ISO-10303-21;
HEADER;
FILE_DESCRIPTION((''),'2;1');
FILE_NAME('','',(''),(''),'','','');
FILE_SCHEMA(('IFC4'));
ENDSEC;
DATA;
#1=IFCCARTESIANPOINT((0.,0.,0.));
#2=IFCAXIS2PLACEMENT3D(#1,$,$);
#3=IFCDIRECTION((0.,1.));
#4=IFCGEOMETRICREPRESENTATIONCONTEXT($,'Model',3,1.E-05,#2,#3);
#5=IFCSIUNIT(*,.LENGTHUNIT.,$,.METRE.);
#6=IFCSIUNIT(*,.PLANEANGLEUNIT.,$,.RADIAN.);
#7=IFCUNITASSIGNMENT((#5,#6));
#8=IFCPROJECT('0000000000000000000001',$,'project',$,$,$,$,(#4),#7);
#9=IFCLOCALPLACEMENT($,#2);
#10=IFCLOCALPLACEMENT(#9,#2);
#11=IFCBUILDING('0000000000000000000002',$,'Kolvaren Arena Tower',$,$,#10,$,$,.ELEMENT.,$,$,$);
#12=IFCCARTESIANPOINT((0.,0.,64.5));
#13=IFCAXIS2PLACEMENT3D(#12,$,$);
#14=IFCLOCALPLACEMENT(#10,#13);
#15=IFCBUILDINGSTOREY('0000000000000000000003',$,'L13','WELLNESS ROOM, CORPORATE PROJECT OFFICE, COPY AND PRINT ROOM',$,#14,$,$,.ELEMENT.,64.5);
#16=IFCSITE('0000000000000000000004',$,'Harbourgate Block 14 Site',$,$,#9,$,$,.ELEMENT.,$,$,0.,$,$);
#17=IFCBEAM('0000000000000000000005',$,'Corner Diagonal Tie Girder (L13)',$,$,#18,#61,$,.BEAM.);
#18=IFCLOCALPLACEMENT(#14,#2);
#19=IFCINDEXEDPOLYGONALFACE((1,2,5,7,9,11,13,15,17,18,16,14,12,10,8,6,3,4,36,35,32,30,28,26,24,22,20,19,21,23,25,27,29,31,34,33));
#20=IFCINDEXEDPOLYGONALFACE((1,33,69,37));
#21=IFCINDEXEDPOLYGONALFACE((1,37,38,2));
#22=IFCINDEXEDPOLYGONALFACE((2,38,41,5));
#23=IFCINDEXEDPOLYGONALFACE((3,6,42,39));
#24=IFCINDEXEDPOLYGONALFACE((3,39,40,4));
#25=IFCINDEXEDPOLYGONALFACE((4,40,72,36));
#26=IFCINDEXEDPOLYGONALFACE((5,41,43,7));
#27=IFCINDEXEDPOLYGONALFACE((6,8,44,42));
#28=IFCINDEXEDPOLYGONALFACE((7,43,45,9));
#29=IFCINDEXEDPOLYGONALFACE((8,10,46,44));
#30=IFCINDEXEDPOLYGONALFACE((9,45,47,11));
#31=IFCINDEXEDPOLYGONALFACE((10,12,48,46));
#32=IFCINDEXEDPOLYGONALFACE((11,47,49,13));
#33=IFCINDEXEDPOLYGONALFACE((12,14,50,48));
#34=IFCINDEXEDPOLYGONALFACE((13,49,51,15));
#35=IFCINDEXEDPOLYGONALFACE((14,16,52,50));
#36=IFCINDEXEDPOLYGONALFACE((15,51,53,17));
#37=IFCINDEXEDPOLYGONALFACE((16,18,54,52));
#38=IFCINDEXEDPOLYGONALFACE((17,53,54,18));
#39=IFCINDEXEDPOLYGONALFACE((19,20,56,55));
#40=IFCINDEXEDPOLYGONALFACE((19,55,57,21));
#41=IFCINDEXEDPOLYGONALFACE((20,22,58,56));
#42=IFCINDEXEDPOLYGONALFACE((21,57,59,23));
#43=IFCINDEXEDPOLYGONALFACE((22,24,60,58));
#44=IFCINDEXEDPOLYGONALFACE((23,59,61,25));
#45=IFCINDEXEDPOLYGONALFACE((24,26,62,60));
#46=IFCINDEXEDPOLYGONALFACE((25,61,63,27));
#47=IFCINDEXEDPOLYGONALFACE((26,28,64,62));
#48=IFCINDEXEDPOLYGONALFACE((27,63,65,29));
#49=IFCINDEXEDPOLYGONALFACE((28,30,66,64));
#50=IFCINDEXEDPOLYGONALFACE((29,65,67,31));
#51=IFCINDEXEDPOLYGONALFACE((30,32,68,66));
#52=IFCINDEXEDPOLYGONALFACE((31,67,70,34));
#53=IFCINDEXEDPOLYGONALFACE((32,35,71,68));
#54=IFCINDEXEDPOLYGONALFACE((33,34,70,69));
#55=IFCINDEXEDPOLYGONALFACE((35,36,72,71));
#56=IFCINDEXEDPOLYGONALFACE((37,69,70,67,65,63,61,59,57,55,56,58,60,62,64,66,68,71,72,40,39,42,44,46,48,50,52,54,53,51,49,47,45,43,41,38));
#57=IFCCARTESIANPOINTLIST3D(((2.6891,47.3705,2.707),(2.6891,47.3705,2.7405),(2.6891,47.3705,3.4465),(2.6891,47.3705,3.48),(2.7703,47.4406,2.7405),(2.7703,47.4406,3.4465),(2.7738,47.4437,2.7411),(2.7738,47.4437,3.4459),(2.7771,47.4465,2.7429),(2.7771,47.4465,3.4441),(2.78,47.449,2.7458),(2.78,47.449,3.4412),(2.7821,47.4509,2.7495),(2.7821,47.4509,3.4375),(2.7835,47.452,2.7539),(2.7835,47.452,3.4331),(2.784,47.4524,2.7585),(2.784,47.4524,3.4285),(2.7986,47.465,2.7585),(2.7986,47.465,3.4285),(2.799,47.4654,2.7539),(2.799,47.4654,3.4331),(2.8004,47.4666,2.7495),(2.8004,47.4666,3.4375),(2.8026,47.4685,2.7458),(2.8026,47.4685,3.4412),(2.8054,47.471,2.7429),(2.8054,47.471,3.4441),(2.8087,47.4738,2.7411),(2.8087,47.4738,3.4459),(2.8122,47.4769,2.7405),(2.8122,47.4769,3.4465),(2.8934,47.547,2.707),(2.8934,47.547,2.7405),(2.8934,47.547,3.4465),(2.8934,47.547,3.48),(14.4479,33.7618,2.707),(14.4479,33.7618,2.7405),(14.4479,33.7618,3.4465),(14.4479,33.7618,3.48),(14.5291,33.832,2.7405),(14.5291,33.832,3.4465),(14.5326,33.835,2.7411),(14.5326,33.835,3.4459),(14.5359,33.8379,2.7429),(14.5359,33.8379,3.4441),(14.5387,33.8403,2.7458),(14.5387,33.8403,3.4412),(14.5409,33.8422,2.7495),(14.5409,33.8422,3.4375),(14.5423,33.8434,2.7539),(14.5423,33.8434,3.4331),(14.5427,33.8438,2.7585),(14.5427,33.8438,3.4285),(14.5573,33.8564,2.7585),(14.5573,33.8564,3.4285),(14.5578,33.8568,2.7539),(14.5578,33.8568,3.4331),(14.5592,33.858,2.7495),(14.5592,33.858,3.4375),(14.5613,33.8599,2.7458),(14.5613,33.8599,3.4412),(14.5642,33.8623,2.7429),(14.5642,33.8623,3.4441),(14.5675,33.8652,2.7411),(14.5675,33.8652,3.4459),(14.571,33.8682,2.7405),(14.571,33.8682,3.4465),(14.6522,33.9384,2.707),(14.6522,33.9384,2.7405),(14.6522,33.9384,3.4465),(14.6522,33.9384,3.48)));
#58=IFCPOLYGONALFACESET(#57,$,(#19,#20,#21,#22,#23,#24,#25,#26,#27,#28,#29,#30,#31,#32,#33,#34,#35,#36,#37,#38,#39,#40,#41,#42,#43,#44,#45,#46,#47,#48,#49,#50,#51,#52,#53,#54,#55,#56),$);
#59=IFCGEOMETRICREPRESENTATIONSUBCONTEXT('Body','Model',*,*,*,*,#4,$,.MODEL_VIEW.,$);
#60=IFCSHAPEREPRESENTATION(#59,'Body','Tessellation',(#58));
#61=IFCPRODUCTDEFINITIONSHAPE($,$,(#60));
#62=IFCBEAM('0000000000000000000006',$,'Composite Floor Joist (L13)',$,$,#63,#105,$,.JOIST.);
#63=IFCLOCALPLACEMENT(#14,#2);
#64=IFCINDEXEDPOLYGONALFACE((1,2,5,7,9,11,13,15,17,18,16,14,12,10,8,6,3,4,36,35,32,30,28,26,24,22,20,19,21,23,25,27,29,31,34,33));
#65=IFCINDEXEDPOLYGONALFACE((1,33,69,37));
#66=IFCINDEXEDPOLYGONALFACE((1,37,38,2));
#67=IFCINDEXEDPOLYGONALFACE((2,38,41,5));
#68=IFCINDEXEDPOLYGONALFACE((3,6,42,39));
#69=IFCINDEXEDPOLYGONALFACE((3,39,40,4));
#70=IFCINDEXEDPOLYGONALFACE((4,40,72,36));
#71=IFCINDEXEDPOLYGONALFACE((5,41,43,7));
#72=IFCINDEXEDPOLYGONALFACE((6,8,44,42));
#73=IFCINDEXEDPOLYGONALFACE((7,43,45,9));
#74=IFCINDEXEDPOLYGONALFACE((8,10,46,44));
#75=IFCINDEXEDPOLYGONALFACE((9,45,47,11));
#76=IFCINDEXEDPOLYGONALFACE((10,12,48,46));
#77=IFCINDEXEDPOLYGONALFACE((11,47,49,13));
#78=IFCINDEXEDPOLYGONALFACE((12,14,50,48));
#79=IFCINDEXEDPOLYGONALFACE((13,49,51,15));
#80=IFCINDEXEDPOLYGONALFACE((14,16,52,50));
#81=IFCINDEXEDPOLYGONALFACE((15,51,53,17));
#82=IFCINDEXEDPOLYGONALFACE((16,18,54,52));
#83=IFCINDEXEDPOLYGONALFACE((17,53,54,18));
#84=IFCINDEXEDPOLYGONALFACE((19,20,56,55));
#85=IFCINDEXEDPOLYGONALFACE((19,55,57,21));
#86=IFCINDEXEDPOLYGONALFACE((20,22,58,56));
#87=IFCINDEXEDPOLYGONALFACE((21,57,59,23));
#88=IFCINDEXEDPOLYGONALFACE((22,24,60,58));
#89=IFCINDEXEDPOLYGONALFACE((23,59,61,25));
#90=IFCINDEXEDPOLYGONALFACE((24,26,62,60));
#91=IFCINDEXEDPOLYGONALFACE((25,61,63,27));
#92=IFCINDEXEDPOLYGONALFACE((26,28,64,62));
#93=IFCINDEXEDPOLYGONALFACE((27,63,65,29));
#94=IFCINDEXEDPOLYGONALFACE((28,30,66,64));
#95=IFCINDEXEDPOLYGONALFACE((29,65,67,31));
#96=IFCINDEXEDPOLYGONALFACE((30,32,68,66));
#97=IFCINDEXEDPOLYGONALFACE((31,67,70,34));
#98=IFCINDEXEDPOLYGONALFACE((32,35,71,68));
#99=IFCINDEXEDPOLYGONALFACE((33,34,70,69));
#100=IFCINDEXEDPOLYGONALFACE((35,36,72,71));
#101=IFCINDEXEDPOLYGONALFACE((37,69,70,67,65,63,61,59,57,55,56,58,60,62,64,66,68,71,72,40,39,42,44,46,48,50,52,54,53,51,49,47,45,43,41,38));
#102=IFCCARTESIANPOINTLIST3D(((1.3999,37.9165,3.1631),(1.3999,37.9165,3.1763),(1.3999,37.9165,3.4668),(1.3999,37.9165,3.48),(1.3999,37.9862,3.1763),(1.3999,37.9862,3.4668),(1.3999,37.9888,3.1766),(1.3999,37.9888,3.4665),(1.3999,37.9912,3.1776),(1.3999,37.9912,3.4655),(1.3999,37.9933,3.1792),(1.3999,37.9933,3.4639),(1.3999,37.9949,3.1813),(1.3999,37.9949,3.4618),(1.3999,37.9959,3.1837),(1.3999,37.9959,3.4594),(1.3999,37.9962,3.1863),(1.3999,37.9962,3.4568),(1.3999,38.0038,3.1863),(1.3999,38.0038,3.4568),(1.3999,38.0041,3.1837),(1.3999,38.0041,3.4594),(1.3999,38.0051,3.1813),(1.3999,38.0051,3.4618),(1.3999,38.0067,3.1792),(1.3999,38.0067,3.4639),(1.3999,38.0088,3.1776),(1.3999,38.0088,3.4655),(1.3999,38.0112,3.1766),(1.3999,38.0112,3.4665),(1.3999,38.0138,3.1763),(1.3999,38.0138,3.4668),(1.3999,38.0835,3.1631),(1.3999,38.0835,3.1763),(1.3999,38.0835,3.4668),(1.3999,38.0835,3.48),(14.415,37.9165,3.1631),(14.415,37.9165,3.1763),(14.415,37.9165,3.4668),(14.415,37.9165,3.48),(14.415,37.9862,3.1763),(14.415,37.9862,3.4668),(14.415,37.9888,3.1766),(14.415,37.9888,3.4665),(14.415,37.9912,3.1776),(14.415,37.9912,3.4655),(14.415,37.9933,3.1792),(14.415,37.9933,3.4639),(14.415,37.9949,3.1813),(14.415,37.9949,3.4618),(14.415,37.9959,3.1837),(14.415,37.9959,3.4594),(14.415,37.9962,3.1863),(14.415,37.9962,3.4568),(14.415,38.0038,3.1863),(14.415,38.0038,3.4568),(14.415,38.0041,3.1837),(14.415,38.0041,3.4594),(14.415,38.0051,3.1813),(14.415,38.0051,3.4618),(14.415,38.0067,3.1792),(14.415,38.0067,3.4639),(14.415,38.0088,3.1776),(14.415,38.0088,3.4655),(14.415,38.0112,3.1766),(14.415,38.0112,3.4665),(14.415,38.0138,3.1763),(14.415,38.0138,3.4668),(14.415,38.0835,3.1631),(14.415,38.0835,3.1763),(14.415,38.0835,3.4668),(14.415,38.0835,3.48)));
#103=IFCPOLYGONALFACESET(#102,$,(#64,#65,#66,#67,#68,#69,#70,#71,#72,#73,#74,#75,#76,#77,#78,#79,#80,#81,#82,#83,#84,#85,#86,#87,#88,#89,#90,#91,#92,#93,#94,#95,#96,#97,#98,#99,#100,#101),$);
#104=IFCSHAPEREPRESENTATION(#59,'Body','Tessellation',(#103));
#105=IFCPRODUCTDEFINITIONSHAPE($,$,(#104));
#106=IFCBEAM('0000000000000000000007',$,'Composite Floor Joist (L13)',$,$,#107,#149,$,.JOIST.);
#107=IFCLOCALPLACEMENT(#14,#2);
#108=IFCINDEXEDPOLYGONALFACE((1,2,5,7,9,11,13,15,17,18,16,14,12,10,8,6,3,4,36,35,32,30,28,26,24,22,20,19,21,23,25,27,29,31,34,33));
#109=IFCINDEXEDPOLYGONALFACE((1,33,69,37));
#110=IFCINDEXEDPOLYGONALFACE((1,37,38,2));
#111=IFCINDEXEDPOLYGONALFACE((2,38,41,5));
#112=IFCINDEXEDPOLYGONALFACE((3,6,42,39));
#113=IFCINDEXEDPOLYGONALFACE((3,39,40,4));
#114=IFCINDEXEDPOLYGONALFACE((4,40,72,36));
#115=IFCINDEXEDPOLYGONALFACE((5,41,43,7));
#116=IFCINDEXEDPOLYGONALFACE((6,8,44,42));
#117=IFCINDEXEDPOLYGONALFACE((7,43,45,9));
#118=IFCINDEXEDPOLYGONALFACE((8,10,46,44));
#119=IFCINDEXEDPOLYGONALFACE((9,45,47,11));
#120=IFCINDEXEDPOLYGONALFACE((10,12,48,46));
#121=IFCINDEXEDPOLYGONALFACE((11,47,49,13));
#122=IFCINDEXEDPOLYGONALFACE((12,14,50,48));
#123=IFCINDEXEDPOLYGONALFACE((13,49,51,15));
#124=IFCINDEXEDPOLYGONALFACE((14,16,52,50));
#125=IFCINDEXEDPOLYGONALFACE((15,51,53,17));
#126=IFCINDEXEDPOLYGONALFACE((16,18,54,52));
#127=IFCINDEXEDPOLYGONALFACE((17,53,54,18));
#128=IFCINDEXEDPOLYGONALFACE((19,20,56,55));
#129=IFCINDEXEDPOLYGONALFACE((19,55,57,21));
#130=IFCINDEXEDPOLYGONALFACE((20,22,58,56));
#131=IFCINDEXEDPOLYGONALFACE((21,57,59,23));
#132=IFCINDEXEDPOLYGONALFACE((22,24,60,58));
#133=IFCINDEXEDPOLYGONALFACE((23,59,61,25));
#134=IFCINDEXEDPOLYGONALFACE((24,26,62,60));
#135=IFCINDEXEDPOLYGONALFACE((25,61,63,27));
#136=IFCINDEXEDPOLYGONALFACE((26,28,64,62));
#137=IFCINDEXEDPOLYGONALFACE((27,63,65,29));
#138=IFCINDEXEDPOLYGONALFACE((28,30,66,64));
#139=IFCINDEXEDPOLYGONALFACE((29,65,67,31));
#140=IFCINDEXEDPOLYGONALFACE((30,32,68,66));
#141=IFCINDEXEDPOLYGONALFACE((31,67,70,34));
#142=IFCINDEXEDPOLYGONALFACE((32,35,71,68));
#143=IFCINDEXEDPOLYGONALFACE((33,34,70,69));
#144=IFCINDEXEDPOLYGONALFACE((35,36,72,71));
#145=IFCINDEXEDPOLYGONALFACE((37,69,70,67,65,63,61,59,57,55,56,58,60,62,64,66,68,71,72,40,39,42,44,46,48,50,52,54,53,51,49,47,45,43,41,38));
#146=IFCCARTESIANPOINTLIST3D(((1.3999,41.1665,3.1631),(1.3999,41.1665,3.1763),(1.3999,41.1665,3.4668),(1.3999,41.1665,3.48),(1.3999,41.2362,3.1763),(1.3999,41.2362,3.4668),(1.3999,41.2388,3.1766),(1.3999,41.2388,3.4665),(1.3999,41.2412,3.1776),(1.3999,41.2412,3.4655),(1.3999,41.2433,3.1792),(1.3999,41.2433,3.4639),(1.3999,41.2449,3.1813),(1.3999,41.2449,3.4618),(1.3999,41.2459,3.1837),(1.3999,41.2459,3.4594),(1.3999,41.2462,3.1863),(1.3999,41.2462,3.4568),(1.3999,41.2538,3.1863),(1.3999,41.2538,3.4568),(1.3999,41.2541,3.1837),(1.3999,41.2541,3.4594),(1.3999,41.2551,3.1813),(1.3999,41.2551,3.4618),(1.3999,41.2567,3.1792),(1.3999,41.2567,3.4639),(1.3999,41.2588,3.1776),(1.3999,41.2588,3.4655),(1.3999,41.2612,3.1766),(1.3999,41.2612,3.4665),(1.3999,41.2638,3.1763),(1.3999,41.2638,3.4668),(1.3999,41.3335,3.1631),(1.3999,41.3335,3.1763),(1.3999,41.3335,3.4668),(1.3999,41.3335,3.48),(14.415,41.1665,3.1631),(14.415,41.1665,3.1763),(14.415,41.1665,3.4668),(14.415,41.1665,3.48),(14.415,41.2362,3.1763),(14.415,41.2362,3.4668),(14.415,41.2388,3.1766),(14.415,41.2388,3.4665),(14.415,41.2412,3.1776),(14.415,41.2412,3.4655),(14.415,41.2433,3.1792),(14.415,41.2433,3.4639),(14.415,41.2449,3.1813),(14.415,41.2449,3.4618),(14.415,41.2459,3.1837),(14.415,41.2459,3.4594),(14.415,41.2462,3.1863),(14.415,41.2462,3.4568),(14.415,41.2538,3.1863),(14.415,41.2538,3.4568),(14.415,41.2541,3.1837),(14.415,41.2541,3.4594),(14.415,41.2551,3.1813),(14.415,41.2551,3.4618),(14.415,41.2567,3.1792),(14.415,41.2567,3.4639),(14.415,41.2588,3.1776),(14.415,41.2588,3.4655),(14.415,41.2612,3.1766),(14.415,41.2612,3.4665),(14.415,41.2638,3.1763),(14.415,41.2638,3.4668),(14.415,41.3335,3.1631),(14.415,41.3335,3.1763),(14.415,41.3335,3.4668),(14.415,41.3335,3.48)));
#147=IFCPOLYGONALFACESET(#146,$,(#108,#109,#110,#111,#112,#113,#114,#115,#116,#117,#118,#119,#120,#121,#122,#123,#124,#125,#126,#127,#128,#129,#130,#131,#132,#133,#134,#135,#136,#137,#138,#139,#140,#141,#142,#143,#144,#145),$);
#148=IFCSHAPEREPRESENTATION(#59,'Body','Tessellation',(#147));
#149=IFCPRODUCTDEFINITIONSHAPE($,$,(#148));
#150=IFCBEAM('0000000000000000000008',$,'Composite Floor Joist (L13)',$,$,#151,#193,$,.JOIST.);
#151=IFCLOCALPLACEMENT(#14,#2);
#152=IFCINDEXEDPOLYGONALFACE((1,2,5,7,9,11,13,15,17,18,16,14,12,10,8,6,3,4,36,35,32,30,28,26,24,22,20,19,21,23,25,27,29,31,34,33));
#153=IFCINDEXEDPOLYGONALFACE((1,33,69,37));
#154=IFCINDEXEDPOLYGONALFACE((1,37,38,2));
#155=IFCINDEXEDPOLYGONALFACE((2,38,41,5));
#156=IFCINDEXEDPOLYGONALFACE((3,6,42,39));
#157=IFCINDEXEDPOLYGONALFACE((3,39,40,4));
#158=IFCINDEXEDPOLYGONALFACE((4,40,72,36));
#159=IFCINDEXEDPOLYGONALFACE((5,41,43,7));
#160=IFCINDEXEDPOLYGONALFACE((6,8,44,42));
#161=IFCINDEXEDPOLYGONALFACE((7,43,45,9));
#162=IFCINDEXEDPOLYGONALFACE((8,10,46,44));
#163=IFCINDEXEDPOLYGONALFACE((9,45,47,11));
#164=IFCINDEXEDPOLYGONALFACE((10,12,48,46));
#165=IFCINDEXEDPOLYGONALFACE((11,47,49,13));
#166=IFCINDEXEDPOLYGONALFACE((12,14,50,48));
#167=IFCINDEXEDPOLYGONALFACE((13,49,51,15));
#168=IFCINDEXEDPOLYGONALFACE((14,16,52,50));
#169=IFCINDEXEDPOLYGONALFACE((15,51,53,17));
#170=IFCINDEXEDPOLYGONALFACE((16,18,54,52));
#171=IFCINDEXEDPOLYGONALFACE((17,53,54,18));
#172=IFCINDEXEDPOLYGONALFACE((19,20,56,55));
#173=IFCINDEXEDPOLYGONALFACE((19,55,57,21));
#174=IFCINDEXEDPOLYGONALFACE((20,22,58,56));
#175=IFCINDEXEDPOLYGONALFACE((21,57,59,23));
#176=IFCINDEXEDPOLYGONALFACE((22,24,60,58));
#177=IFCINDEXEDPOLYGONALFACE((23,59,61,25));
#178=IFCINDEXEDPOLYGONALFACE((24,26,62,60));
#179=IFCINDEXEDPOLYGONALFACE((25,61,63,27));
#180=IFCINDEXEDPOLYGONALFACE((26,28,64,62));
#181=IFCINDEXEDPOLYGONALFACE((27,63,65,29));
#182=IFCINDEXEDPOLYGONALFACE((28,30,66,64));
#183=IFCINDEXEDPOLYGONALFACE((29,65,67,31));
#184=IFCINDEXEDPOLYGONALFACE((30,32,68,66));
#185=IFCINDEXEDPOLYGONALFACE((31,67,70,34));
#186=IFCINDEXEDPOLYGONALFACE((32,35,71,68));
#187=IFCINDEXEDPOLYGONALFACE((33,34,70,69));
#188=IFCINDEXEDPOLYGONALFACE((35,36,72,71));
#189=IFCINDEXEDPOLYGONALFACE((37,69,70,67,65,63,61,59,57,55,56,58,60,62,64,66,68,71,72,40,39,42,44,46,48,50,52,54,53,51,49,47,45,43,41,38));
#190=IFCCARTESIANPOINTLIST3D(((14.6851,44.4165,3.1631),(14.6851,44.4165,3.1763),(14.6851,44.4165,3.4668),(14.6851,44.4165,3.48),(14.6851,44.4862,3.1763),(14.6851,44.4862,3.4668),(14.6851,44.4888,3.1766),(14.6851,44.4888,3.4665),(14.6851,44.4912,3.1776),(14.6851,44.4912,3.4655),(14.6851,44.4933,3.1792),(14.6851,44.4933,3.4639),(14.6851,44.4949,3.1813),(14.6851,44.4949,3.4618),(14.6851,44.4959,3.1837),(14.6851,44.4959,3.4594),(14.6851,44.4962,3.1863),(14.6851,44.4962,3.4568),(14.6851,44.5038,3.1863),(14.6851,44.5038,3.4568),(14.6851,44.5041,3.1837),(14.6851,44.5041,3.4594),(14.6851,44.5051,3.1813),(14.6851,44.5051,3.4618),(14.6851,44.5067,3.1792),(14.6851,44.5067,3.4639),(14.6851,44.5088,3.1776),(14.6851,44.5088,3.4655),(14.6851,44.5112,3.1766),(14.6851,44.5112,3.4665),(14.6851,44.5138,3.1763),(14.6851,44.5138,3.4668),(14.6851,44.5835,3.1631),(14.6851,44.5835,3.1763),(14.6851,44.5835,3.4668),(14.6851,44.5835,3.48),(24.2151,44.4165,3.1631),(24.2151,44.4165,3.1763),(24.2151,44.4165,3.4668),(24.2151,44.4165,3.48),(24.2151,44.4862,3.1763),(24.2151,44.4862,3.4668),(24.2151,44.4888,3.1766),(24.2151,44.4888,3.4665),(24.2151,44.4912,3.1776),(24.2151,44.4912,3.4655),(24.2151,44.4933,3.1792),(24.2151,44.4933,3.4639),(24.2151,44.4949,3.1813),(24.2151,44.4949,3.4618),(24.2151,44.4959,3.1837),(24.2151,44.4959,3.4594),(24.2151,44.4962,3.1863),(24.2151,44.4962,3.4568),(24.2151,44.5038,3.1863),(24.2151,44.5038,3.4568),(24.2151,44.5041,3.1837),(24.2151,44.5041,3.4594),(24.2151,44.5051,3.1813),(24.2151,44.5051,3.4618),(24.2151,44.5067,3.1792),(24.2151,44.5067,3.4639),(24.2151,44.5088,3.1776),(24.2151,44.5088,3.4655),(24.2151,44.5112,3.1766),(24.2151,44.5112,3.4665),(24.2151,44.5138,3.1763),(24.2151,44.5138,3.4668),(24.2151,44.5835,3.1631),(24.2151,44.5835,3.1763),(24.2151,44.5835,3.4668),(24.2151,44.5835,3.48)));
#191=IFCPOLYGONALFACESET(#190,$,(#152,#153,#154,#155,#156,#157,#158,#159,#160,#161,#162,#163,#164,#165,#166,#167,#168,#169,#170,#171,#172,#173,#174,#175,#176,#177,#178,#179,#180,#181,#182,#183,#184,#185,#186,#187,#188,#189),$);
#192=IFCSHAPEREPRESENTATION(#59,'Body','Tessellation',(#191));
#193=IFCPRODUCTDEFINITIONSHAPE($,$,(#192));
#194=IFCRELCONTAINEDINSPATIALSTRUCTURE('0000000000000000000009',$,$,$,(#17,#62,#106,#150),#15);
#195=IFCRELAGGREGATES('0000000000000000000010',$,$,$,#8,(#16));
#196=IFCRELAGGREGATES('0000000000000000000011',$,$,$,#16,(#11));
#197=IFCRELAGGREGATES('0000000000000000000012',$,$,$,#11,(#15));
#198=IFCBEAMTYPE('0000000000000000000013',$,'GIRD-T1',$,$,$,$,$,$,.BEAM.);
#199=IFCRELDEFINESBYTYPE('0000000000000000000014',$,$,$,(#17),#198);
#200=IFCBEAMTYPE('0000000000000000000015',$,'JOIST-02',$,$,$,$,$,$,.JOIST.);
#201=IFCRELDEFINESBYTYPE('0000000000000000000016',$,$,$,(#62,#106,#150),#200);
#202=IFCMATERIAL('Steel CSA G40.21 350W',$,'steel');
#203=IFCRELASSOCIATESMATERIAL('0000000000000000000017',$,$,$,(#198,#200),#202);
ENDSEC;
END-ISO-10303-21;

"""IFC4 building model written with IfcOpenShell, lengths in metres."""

from ifc_helpers import new_model, si_unit, direction, frame, origin, origin_2d, place, context, subcontext, project, spatial, i_section, extrude, material, material_profile, profile_set, type_object, element, save


model = new_model("IFC4")

# Units and contexts
model_context = context("Model", 3, precision=1e-05, world=origin(), true_north=direction((0.0, 1.0)))
body_context = subcontext(model_context, "Body", "Model", "MODEL_VIEW")
ifc_project = project(units=[si_unit("LENGTHUNIT", "METRE"), si_unit("PLANEANGLEUNIT", "RADIAN")], contexts=[model_context])

# Site, building, storey
site_placement = place(None, origin())
site = spatial("IfcSite", under=ifc_project, at=site_placement, Name="Harbourgate Block 14 Site", CompositionType="ELEMENT", RefElevation=0.0)
building_placement = place(site_placement, origin())
building = spatial("IfcBuilding", under=site, at=building_placement, Name="Kolvaren Arena Tower", CompositionType="ELEMENT")
storey_placement = place(building_placement, frame((0.0, 0.0, 64.5)))
storey = spatial("IfcBuildingStorey", under=building, at=storey_placement, Name="L13", Description="WELLNESS ROOM, CORPORATE PROJECT OFFICE, COPY AND PRINT ROOM", CompositionType="ELEMENT", Elevation=64.5)

# Beams
ifc_material_1 = material(Name="Steel CSA G40.21 350W", Category="steel")
ifc_material_profile_1 = material_profile(ifc_material_1, i_section(OverallWidth=0.27, OverallDepth=0.7729, WebThickness=0.0193, FlangeThickness=0.0334, FilletRadius=0.0181, at=origin_2d()), Name="W760x257")
ifc_profile_set_1 = profile_set([ifc_material_profile_1], Name="Steel CSA G40.21 350W")
beam_type_1 = type_object("IfcBeamType", Name="GIRD-T1", PredefinedType="BEAM", material=ifc_profile_set_1)
beam_1_placement = place(storey_placement, frame((2.7913, 47.4587, 3.0935), z_axis=(0.653807, -0.756662, 0.0), x_axis=(0.756662, 0.653807, 0.0)))
element("IfcBeam", 1, at=beam_1_placement, inside=storey, type_object=beam_type_1, Name="Corner Diagonal Tie Girder (L13)", PredefinedType="BEAM", context=body_context, shape_type="SweptSolid", body=[
    extrude(i_section(OverallWidth=0.27, OverallDepth=0.7729, WebThickness=0.0193, FlangeThickness=0.0334, FilletRadius=0.0181, at=origin_2d()), origin(), (0.0, 0.0, 1.0), 17.9851),
])
ifc_material_profile_2 = material_profile(ifc_material_1, i_section(OverallWidth=0.167, OverallDepth=0.3169, WebThickness=0.0076, FlangeThickness=0.0132, FilletRadius=0.01, at=origin_2d()), Name="W310x52")
ifc_profile_set_2 = profile_set([ifc_material_profile_2], Name="Steel CSA G40.21 350W")
beam_type_2 = type_object("IfcBeamType", Name="JOIST-02", PredefinedType="JOIST", material=ifc_profile_set_2)
for number, where, z_axis, x_axis, name in (
    (2, (1.3999, 38.0, 3.3215), (1.0, 0.0, 0.0), (0.0, 1.0, 0.0), "Composite Floor Joist (L13)"),
    (3, (1.3999, 41.25, 3.3215), (1.0, 0.0, 0.0), (0.0, 1.0, 0.0), "Composite Floor Joist (L13)"),
):
    element("IfcBeam", number, at=place(storey_placement, frame(where, z_axis=z_axis, x_axis=x_axis)), inside=storey, type_object=beam_type_2, Name=name, PredefinedType="JOIST", context=body_context, shape_type="SweptSolid", body=[
        extrude(i_section(OverallWidth=0.167, OverallDepth=0.3169, WebThickness=0.0076, FlangeThickness=0.0132, FilletRadius=0.01, at=origin_2d()), origin(), (0.0, 0.0, 1.0), 13.0151),
    ])
beam_2_placement = place(storey_placement, frame((14.6851, 44.5, 3.3215), z_axis=(1.0, 0.0, 0.0), x_axis=(0.0, 1.0, 0.0)))
element("IfcBeam", 4, at=beam_2_placement, inside=storey, type_object=beam_type_2, Name="Composite Floor Joist (L13)", PredefinedType="JOIST", context=body_context, shape_type="SweptSolid", body=[
    extrude(i_section(OverallWidth=0.167, OverallDepth=0.3169, WebThickness=0.0076, FlangeThickness=0.0132, FilletRadius=0.01, at=origin_2d()), origin(), (0.0, 0.0, 1.0), 9.53),
])

save(model, "model.ifc")
